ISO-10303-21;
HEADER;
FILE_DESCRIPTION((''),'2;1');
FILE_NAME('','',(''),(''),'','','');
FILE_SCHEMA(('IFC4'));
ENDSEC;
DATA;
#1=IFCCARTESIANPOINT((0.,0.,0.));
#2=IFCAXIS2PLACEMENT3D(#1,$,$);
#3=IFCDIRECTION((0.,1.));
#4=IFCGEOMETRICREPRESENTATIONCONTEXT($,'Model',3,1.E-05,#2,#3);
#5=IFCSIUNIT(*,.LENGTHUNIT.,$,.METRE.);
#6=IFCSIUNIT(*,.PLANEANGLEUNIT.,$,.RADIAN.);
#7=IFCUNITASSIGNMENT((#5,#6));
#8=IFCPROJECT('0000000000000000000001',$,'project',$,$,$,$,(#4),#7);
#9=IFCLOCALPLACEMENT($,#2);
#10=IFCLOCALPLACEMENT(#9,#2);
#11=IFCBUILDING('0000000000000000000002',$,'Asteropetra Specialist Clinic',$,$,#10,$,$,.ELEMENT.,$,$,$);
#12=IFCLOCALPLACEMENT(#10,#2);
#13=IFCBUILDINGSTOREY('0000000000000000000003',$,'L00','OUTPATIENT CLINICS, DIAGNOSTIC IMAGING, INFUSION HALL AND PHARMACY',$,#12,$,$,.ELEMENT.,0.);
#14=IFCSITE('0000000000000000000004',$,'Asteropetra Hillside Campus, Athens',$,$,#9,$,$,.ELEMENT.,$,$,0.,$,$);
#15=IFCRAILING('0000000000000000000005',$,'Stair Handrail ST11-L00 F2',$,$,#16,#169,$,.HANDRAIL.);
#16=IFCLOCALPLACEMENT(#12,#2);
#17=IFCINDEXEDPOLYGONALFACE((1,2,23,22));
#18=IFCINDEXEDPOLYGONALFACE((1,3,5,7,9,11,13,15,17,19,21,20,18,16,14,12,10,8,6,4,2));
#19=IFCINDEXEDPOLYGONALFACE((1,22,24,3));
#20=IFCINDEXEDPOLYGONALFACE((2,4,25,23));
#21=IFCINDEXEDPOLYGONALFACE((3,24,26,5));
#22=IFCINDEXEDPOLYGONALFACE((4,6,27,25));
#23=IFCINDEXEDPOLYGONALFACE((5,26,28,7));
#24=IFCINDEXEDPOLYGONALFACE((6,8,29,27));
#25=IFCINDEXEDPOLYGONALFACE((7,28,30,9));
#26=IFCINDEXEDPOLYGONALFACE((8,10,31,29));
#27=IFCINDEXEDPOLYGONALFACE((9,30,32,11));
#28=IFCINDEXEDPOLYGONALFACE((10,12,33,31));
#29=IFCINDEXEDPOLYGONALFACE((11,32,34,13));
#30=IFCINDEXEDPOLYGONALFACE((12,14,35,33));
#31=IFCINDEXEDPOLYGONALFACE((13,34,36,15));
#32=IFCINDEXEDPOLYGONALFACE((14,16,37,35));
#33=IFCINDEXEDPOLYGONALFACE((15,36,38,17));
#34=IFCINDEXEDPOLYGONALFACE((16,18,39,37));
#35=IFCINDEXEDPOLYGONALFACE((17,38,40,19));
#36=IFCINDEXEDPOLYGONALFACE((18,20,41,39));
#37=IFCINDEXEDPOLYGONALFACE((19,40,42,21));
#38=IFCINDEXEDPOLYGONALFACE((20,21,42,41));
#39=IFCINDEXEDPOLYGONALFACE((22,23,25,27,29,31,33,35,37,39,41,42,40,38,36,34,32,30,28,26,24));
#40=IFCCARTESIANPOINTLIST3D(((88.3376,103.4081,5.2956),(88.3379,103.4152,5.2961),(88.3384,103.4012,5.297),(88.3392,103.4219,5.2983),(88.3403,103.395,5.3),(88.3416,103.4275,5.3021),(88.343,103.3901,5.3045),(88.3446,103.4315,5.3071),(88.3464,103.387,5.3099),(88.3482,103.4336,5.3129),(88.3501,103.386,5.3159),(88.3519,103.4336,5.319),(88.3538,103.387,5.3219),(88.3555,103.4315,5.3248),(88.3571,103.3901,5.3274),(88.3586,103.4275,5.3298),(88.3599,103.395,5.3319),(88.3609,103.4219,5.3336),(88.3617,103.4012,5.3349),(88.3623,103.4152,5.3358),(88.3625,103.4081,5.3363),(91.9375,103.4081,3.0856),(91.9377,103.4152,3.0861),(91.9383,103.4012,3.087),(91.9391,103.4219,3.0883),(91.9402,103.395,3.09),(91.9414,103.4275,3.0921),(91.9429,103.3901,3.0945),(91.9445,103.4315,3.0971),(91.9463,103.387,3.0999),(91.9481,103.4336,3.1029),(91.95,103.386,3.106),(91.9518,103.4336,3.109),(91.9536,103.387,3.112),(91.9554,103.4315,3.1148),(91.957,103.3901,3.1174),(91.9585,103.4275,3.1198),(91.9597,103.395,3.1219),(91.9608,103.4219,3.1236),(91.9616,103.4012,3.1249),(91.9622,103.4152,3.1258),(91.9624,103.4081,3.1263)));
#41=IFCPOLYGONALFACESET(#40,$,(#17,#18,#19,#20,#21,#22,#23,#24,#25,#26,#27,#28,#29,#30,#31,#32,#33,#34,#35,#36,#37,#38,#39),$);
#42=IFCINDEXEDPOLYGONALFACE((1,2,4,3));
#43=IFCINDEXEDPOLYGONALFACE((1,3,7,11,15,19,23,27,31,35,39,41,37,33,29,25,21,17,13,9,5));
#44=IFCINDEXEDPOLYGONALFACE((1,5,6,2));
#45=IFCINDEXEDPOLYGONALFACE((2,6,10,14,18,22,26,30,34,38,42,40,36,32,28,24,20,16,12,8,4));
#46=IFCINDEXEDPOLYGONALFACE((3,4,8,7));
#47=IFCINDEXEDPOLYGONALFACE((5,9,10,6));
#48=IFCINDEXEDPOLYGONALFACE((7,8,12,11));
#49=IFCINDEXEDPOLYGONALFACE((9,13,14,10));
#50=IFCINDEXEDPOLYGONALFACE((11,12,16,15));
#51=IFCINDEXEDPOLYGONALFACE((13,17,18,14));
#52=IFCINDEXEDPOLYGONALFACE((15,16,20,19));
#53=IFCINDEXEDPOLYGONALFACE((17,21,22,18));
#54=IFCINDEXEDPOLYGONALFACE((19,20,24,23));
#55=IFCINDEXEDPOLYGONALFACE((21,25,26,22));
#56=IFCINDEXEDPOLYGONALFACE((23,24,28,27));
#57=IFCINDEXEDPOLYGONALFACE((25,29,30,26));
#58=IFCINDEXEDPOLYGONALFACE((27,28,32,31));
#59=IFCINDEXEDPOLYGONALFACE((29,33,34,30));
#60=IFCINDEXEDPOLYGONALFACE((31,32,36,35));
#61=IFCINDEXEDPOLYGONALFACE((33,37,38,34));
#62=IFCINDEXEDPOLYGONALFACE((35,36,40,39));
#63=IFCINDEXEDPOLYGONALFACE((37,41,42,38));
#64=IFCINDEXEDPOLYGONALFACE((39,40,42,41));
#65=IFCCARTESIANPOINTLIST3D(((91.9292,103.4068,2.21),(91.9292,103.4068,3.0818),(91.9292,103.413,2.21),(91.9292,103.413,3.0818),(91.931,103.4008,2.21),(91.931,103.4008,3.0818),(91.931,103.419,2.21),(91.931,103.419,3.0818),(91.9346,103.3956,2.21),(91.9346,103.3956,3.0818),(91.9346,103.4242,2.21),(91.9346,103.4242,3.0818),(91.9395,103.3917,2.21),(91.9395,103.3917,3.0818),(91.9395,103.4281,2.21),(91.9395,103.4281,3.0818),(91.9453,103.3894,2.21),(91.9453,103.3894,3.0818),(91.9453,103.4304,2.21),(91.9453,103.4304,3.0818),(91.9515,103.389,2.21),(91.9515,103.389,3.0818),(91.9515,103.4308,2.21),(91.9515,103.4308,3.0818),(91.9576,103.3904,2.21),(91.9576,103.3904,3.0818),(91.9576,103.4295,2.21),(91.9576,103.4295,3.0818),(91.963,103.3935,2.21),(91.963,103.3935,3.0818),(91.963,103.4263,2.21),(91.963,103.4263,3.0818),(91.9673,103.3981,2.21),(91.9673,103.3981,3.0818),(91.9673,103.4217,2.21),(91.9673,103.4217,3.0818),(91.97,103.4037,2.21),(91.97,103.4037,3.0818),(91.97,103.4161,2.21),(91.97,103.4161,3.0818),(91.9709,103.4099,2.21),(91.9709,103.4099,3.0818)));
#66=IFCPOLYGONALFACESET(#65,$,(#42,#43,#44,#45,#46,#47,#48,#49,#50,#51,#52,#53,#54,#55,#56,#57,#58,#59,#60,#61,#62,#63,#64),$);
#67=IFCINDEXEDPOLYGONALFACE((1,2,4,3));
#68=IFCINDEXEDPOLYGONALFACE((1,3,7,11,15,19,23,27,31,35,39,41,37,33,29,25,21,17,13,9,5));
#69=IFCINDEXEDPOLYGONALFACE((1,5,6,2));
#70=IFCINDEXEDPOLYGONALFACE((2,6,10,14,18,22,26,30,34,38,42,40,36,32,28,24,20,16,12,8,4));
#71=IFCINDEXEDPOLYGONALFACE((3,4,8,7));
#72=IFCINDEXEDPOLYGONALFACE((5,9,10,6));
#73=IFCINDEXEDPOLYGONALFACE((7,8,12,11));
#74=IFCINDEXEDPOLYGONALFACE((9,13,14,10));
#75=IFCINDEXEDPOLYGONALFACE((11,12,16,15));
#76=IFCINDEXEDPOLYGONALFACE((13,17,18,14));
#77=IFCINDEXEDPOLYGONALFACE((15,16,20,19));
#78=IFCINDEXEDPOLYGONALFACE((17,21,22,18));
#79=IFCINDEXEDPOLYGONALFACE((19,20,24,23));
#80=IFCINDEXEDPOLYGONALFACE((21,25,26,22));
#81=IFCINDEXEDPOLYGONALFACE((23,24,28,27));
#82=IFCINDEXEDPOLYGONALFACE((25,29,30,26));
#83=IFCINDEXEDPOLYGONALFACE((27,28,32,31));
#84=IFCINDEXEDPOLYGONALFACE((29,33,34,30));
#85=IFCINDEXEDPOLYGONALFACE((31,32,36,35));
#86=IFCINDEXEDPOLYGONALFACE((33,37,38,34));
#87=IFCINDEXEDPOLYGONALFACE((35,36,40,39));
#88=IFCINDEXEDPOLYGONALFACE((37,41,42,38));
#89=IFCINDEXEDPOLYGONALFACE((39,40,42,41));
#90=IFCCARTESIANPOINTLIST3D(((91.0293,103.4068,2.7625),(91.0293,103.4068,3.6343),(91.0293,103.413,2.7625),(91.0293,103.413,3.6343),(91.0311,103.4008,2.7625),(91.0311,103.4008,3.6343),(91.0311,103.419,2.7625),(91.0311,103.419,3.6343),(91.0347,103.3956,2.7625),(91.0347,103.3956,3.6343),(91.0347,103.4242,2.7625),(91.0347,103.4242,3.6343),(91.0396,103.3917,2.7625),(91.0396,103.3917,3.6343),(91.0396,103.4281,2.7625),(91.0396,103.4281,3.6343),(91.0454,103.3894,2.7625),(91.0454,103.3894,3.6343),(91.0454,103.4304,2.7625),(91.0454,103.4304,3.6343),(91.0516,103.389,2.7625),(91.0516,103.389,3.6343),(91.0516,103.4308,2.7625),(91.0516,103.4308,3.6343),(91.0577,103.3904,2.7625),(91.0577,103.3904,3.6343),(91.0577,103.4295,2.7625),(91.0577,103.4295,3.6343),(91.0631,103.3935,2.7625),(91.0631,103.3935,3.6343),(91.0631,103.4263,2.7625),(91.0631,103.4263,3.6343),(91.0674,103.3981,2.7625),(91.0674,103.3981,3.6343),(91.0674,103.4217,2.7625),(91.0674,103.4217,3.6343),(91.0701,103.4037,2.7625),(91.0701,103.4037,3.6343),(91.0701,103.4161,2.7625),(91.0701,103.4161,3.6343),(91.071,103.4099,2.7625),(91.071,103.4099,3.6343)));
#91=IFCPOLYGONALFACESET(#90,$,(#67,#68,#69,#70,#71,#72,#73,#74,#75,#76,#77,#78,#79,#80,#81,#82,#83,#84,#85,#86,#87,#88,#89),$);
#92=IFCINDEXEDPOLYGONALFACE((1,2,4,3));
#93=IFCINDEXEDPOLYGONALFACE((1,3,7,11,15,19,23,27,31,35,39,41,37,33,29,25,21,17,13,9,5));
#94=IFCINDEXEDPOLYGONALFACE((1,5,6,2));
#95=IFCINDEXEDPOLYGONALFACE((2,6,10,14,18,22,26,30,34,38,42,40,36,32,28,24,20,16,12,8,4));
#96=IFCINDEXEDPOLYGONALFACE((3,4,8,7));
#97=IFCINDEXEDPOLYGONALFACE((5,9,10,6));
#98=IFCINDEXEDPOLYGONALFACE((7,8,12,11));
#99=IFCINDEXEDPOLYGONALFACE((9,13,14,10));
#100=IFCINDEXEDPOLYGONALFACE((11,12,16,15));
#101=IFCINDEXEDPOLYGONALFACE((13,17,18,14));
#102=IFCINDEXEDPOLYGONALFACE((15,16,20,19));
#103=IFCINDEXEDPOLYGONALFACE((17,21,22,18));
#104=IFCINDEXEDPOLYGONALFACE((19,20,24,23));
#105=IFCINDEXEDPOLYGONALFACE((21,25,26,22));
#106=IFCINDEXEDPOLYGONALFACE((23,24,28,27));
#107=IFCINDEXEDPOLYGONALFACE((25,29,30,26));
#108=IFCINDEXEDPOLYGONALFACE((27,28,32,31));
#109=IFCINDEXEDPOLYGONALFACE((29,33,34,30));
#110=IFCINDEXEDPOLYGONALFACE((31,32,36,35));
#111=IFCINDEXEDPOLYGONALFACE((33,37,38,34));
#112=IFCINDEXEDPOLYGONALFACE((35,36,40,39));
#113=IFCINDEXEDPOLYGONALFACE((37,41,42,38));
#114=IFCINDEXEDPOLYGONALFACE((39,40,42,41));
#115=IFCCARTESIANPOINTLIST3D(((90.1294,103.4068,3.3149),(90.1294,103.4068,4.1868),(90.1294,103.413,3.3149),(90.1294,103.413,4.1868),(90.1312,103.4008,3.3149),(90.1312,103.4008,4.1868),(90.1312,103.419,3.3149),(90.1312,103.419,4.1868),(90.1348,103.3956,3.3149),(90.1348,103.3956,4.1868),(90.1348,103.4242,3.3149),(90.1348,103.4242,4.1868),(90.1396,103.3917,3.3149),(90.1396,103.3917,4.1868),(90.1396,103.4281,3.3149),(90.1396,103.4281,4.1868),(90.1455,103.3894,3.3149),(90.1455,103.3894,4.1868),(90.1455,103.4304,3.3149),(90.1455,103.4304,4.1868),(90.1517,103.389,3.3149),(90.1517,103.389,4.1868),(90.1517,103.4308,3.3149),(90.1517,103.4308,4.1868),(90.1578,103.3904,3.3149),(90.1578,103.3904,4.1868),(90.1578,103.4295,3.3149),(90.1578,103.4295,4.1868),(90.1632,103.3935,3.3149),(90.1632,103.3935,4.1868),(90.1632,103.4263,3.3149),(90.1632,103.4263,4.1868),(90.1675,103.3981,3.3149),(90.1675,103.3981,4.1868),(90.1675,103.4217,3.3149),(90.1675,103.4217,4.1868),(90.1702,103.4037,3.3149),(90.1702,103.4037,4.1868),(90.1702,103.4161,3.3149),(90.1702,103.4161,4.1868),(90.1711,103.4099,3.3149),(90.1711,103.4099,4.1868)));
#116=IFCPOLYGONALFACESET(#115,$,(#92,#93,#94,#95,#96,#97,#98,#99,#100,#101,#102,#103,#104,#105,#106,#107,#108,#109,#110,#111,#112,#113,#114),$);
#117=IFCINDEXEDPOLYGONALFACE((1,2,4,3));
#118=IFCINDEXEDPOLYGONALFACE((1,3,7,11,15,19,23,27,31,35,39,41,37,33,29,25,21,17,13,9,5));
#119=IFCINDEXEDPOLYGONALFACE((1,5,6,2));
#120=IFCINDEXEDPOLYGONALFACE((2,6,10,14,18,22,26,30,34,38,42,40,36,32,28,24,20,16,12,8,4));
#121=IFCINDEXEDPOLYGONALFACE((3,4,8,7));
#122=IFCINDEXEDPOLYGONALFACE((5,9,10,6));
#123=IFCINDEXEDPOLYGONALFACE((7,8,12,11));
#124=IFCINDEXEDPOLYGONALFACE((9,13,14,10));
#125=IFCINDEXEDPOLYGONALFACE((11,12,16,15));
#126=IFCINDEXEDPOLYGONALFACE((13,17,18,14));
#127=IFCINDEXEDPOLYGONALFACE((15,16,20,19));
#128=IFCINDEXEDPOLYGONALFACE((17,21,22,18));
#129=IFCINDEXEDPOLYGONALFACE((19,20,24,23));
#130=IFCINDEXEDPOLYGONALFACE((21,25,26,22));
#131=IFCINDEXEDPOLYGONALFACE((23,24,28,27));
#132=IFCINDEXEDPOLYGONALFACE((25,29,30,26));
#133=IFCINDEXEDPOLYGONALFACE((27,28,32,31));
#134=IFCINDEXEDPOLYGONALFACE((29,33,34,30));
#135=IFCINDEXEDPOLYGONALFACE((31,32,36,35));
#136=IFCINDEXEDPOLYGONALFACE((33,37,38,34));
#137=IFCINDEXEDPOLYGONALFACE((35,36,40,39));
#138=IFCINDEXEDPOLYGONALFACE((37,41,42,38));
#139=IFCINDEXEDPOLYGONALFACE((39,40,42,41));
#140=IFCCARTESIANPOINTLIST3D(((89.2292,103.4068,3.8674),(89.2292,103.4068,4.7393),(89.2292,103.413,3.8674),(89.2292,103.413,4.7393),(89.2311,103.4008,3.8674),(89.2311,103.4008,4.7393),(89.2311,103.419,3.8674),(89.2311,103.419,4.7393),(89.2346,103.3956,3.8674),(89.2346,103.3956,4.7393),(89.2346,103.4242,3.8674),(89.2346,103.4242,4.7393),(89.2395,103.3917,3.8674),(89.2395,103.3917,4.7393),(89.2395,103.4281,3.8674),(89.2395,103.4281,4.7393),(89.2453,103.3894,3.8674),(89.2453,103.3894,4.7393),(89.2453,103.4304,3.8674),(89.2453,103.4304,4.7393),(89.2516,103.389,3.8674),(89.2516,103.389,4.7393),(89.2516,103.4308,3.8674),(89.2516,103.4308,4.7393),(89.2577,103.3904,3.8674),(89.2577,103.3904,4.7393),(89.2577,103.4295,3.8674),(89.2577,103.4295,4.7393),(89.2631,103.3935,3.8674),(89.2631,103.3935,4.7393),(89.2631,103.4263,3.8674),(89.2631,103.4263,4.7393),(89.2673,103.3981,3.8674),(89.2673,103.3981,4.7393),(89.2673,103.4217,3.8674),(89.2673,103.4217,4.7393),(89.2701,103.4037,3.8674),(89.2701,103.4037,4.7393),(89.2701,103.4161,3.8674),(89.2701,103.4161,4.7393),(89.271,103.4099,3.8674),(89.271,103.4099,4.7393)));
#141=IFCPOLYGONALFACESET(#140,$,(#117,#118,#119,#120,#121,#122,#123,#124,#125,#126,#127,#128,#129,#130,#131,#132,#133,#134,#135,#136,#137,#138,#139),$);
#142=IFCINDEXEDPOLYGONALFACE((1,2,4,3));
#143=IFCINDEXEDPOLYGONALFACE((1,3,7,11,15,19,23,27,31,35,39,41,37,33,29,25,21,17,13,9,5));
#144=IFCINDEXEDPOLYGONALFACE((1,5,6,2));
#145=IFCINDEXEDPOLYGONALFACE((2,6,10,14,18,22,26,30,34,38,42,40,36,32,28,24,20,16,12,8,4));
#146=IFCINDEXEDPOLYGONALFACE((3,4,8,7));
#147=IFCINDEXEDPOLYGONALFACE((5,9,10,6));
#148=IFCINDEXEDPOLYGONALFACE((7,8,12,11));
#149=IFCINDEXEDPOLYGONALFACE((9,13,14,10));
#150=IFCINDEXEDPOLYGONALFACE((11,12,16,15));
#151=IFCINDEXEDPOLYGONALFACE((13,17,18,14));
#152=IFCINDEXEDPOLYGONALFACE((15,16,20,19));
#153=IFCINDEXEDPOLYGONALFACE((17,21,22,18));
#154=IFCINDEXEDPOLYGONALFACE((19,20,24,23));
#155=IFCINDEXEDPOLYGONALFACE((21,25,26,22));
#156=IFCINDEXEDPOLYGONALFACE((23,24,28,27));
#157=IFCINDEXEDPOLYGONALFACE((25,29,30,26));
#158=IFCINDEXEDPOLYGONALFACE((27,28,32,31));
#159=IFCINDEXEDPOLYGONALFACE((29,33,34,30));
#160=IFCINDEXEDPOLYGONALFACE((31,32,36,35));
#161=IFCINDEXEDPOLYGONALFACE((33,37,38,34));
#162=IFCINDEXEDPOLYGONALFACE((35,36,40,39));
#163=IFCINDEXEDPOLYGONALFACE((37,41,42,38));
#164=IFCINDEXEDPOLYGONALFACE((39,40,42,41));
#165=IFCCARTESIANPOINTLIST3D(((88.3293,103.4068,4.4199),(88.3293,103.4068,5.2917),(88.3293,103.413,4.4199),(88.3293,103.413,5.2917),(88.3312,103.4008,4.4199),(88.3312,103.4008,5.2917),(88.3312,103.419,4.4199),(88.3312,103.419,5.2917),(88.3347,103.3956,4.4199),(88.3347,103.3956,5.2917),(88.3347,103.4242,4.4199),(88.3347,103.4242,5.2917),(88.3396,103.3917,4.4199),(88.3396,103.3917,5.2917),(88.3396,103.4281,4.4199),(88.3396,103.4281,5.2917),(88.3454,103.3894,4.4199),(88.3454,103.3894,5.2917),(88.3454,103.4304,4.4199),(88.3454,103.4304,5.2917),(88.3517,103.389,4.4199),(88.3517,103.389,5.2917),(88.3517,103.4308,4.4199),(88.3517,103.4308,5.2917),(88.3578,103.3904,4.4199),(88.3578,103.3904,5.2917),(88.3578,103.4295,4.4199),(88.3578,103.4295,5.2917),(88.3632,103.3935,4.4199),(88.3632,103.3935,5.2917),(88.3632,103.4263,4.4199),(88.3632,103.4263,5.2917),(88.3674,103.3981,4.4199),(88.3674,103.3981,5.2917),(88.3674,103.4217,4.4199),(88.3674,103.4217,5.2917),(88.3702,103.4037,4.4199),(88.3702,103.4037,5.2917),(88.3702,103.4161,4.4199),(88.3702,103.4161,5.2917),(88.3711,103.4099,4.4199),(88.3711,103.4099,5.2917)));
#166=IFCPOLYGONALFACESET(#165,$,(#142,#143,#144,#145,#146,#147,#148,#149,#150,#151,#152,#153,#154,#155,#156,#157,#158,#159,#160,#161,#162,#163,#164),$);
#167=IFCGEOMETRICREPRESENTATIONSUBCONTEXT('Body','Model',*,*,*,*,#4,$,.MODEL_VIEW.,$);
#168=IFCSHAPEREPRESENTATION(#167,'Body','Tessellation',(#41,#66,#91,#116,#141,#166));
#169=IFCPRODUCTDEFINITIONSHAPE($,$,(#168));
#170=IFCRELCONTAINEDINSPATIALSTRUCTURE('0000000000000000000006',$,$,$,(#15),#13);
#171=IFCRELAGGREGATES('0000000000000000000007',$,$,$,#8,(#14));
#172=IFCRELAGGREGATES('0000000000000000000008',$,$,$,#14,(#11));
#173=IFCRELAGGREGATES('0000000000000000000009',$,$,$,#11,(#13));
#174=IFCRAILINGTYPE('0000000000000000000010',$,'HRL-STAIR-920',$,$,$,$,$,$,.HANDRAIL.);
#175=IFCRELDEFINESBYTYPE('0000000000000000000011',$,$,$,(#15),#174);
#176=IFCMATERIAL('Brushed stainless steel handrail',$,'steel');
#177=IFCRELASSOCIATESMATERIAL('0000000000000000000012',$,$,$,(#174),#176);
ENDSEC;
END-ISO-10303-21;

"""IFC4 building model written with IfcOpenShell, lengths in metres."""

from ifc_helpers import new_model, si_unit, direction, frame, origin, origin_2d, place, context, subcontext, project, spatial, circle, extrude, material, type_object, element, save


model = new_model("IFC4")

# Units and contexts
model_context = context("Model", 3, precision=1e-05, world=origin(), true_north=direction((0.0, 1.0)))
body_context = subcontext(model_context, "Body", "Model", "MODEL_VIEW")
ifc_project = project(units=[si_unit("LENGTHUNIT", "METRE"), si_unit("PLANEANGLEUNIT", "RADIAN")], contexts=[model_context])

# Site, building, storey
site_placement = place(None, origin())
site = spatial("IfcSite", under=ifc_project, at=site_placement, Name="Asteropetra Hillside Campus, Athens", CompositionType="ELEMENT", RefElevation=0.0)
building_placement = place(site_placement, origin())
building = spatial("IfcBuilding", under=site, at=building_placement, Name="Asteropetra Specialist Clinic", CompositionType="ELEMENT")
storey_placement = place(building_placement, origin())
storey = spatial("IfcBuildingStorey", under=building, at=storey_placement, Name="L00", Description="OUTPATIENT CLINICS, DIAGNOSTIC IMAGING, INFUSION HALL AND PHARMACY", CompositionType="ELEMENT", Elevation=0.0)

# Railing
ifc_material_1 = material(Name="Brushed stainless steel handrail", Category="steel")
railing_type_1 = type_object("IfcRailingType", Name="HRL-STAIR-920", PredefinedType="HANDRAIL", material=ifc_material_1)
railing_1_placement = place(storey_placement, frame((91.95, 103.4099, 2.21)))
element("IfcRailing", 1, at=railing_1_placement, inside=storey, type_object=railing_type_1, Name="Stair Handrail ST11-L00 F2", PredefinedType="HANDRAIL", context=body_context, shape_type="SweptSolid", body=[
    extrude(circle(Radius=0.0239, at=origin_2d()), frame((0.0, 0.0, 0.896), z_axis=(-0.852221, 0.0, 0.523181), x_axis=(0.0, -1.0, 0.0)), (0.0, 0.0, 1.0), 4.2241),
    extrude(circle(Radius=0.021, at=origin_2d()), origin(), (0.0, 0.0, 1.0), 0.8718),
    extrude(circle(Radius=0.021, at=origin_2d()), frame((-0.8999, 0.0, 0.5525)), (0.0, 0.0, 1.0), 0.8718),
    extrude(circle(Radius=0.021, at=origin_2d()), frame((-1.7998, 0.0, 1.105)), (0.0, 0.0, 1.0), 0.8718),
    extrude(circle(Radius=0.021, at=origin_2d()), frame((-2.7, 0.0, 1.6575)), (0.0, 0.0, 1.0), 0.8718),
    extrude(circle(Radius=0.021, at=origin_2d()), frame((-3.5999, 0.0, 2.21)), (0.0, 0.0, 1.0), 0.8718),
])

save(model, "model.ifc")
